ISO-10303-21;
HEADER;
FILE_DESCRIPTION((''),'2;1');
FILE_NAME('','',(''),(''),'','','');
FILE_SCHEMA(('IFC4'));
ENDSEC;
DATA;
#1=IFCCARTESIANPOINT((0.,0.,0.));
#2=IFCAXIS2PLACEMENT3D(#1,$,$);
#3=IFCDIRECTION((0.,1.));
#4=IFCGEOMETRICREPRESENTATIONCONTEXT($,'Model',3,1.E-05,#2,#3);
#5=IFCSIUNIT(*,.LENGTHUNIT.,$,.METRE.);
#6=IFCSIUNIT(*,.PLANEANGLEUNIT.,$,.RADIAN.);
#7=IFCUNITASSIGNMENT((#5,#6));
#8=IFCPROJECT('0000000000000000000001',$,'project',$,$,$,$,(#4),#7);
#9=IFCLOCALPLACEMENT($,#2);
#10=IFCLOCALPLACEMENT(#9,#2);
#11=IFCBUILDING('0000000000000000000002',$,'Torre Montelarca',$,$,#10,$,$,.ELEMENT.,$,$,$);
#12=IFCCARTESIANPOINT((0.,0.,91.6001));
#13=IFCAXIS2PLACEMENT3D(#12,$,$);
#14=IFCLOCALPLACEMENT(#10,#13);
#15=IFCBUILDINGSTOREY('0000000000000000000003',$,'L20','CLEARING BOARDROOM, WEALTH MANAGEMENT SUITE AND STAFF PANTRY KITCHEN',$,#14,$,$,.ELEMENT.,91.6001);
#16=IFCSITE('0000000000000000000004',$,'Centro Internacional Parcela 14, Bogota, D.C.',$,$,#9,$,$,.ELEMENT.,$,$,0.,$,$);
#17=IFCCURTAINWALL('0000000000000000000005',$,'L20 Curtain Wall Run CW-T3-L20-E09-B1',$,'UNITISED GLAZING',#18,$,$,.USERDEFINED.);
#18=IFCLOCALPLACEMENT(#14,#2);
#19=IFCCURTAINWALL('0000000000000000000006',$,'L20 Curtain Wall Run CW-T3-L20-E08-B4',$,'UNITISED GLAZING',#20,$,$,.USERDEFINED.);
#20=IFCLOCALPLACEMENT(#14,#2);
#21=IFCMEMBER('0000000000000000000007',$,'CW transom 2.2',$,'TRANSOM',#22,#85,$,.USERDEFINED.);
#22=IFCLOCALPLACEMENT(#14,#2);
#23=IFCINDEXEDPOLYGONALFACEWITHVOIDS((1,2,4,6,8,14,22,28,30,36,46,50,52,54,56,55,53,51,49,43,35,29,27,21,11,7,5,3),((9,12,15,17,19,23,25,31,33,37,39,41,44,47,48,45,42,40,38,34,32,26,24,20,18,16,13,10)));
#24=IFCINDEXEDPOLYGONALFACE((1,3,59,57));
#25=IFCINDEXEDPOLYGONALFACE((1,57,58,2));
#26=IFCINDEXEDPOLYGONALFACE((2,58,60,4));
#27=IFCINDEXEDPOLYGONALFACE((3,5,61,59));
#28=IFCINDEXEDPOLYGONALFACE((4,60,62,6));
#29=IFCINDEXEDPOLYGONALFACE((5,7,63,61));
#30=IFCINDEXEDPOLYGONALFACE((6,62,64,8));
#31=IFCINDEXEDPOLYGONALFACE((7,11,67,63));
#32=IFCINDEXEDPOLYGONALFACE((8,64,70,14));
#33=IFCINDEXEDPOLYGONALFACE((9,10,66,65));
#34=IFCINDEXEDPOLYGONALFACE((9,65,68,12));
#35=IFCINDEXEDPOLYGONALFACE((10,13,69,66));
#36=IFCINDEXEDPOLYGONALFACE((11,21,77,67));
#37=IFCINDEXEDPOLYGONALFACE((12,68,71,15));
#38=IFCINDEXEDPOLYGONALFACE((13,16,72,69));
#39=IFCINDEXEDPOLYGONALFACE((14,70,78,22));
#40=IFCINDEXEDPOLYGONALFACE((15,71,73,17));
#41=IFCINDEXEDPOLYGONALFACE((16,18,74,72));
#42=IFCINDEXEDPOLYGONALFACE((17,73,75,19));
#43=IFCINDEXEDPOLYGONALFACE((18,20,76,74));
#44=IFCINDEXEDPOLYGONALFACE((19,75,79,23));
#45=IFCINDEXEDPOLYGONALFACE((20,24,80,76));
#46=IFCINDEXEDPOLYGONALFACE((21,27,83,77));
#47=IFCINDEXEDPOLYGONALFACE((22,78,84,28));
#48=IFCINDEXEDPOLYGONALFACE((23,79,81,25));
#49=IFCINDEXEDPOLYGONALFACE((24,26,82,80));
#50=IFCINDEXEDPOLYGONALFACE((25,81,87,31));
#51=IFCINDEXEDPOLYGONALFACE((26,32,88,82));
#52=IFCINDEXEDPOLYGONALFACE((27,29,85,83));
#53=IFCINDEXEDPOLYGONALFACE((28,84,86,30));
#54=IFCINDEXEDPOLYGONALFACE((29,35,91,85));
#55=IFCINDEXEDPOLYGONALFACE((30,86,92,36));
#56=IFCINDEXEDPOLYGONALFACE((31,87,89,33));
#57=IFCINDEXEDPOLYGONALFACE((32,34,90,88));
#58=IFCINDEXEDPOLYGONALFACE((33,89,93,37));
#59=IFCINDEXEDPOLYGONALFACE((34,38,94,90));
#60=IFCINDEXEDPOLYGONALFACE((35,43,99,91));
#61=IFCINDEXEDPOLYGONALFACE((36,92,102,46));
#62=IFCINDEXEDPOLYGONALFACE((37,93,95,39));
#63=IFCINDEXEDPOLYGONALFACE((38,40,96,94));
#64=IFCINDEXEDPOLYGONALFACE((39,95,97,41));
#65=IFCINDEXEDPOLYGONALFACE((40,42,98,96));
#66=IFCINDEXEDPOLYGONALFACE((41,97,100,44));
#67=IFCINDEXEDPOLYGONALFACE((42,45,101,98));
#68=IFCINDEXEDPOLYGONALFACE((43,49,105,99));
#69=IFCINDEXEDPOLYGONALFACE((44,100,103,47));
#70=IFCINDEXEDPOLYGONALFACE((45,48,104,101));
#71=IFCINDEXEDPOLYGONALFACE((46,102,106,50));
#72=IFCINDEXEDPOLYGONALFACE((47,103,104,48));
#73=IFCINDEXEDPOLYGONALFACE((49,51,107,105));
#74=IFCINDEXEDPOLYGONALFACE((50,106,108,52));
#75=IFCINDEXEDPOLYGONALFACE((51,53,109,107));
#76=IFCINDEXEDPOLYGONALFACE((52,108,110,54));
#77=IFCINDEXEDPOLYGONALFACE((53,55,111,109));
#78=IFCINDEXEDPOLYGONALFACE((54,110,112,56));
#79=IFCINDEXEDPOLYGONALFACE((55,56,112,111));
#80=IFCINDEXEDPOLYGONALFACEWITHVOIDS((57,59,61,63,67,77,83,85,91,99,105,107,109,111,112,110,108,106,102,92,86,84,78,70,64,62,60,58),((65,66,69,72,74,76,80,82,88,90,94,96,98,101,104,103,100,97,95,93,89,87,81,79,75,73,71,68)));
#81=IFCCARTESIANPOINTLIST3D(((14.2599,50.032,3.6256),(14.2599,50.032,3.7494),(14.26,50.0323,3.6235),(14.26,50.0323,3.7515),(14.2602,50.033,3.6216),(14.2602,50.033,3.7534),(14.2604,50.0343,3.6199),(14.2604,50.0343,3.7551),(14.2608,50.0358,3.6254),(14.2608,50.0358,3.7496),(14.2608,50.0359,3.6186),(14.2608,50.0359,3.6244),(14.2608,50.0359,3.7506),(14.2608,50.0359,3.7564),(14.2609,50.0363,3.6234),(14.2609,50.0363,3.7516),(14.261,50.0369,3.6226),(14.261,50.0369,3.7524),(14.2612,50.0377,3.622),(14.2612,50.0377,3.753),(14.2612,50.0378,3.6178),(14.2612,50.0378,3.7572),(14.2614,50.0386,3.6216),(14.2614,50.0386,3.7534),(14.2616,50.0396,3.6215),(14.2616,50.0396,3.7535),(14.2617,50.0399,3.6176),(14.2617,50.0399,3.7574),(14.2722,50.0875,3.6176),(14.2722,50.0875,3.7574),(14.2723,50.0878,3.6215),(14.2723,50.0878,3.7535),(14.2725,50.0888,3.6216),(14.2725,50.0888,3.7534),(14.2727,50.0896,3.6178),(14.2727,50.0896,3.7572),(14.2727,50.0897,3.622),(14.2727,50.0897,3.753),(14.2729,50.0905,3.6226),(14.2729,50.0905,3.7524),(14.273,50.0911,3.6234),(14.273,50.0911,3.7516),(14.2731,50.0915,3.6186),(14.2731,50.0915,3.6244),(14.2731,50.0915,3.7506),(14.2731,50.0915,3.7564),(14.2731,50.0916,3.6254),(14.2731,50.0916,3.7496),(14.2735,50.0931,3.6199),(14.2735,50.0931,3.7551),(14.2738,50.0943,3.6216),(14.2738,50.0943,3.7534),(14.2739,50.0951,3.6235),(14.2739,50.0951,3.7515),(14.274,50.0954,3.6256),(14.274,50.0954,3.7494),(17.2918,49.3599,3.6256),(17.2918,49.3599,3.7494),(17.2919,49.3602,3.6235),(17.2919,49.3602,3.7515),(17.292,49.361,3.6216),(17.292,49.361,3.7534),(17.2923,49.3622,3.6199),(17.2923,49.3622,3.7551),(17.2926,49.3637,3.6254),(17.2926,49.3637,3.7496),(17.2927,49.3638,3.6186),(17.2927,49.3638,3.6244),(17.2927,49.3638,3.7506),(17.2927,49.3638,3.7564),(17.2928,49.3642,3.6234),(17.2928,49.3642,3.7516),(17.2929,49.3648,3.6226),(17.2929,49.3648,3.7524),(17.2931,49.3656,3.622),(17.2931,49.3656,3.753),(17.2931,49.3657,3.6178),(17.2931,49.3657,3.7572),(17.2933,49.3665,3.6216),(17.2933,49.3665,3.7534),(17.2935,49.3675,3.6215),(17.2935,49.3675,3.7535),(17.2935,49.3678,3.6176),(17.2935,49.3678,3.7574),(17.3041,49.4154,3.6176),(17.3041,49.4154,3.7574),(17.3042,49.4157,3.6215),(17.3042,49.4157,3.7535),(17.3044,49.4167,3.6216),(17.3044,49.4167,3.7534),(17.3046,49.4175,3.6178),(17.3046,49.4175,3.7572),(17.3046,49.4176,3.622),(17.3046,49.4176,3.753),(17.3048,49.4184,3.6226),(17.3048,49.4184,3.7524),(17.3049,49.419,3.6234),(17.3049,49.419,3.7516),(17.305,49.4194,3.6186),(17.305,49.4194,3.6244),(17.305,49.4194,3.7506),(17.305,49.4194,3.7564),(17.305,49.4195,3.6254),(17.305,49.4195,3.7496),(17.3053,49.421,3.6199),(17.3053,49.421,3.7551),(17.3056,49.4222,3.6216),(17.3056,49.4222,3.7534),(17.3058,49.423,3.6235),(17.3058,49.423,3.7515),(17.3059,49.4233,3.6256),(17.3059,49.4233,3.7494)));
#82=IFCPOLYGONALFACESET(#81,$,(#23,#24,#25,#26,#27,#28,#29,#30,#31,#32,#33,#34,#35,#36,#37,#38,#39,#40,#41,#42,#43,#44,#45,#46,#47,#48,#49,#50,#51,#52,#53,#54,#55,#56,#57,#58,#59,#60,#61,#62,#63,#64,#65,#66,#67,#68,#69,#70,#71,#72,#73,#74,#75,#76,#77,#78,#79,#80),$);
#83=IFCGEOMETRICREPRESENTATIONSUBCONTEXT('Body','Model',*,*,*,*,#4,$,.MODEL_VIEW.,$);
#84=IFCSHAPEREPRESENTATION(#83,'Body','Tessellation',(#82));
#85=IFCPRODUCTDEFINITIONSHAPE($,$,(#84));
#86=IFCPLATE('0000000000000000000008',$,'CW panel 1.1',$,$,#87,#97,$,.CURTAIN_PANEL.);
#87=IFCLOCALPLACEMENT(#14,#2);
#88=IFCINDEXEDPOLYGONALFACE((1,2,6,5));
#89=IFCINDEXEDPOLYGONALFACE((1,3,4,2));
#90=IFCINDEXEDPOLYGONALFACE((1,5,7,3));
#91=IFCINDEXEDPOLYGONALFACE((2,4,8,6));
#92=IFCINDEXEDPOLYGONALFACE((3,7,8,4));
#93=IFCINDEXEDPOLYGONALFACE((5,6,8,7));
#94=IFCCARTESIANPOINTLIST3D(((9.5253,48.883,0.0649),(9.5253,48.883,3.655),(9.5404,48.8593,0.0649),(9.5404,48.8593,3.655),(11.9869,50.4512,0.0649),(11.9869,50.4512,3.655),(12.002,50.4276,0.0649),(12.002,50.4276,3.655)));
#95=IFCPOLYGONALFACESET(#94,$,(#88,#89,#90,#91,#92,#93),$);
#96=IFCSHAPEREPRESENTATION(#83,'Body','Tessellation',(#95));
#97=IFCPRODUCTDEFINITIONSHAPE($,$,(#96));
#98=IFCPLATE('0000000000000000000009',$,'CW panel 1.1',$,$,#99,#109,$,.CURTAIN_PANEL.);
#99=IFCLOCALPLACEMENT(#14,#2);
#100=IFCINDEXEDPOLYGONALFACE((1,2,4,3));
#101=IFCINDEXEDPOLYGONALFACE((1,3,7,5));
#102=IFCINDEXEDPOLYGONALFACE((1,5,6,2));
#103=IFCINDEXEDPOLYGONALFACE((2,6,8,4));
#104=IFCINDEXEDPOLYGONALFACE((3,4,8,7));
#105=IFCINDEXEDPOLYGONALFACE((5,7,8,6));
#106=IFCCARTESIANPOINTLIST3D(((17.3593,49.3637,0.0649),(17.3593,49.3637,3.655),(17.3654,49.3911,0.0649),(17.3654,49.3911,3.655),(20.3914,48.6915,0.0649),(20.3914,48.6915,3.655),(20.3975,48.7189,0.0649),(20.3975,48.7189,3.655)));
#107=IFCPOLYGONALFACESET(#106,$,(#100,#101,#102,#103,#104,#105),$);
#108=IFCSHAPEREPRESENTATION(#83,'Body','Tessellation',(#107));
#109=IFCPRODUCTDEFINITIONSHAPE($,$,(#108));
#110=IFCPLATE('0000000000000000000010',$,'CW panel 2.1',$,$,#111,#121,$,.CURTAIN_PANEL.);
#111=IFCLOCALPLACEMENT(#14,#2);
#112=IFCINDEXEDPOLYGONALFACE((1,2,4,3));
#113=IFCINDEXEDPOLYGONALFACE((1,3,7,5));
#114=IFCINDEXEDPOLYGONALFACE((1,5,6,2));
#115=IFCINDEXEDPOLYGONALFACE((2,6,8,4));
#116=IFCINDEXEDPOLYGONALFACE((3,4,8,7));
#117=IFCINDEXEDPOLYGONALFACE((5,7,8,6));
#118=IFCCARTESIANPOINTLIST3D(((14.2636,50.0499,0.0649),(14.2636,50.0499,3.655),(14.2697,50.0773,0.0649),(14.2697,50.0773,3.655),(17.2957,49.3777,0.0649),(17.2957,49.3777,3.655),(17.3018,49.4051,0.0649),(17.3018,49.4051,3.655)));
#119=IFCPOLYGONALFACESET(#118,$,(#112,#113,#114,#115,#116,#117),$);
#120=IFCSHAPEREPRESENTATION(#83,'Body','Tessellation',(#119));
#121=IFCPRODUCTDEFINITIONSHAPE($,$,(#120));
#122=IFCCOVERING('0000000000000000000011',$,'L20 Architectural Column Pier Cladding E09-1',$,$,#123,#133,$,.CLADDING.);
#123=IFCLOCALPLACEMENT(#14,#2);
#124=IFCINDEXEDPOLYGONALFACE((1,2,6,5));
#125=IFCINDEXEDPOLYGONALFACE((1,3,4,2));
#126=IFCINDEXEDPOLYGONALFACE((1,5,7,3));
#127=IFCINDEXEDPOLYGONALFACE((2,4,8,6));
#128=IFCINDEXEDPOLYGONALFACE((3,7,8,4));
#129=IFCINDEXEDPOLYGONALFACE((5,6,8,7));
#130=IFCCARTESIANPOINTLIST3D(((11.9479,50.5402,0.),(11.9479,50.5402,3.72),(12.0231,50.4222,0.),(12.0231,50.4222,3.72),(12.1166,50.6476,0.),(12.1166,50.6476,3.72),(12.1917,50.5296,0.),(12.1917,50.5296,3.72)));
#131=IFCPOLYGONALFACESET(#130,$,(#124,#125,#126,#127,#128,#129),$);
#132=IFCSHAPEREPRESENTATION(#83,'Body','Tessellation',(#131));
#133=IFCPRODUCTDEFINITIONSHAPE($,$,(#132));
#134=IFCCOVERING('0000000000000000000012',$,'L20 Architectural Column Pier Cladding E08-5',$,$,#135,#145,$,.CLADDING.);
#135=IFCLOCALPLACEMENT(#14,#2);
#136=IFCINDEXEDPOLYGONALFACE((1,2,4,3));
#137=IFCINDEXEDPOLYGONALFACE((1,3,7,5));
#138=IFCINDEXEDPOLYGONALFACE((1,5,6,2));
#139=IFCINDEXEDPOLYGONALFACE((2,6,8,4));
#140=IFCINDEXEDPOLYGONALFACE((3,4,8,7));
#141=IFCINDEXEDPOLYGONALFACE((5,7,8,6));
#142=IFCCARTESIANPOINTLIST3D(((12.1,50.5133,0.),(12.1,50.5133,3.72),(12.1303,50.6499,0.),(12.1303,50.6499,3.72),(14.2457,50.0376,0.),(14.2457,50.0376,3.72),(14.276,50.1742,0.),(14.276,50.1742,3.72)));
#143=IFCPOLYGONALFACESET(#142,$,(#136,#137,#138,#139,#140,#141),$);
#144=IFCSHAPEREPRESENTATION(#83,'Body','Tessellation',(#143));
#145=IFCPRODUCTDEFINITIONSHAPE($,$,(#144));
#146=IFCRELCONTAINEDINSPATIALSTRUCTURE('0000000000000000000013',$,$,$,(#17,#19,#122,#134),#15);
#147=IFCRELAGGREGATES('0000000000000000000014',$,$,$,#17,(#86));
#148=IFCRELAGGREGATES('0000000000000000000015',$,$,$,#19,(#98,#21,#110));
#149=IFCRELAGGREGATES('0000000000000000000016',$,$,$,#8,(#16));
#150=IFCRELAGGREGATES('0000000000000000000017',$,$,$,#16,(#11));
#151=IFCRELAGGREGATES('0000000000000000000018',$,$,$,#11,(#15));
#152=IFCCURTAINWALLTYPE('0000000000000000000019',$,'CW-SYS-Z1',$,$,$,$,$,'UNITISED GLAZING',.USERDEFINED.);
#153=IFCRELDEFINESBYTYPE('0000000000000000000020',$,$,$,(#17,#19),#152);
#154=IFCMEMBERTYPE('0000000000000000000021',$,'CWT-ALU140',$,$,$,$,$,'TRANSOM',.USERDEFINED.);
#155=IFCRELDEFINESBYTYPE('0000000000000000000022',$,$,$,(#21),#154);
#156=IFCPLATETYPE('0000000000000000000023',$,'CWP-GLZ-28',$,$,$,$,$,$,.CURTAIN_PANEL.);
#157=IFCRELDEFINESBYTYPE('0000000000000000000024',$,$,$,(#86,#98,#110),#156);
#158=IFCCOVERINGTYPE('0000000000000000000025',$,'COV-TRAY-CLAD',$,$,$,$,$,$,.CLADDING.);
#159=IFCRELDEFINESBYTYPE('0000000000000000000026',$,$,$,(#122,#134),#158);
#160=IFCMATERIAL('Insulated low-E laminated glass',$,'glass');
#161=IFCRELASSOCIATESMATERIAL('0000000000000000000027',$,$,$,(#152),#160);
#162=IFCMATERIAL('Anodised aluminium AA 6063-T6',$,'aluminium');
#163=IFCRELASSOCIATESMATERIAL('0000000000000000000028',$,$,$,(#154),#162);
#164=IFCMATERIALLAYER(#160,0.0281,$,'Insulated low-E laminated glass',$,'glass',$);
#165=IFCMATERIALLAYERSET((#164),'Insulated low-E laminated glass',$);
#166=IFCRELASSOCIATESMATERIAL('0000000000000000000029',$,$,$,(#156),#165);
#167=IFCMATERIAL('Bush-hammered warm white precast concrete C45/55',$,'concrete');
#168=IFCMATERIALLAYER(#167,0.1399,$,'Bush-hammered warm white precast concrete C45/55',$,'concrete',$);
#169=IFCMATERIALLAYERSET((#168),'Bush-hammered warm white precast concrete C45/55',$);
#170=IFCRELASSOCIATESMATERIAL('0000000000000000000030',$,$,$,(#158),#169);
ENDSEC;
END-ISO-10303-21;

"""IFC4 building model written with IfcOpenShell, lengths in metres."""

from ifc_helpers import new_model, si_unit, direction, frame, origin, origin_2d, place, context, subcontext, project, spatial, rectangle, hollow_rectangle, extrude, source, transform, mapped, material, layer, layer_set, material_profile, profile_set, type_object, element, aggregate, save


model = new_model("IFC4")

# Units and contexts
model_context = context("Model", 3, precision=1e-05, world=origin(), true_north=direction((0.0, 1.0)))
body_context = subcontext(model_context, "Body", "Model", "MODEL_VIEW")
ifc_project = project(units=[si_unit("LENGTHUNIT", "METRE"), si_unit("PLANEANGLEUNIT", "RADIAN")], contexts=[model_context])

# Site, building, storey
site_placement = place(None, origin())
site = spatial("IfcSite", under=ifc_project, at=site_placement, Name="Centro Internacional Parcela 14, Bogota, D.C.", CompositionType="ELEMENT", RefElevation=0.0)
building_placement = place(site_placement, origin())
building = spatial("IfcBuilding", under=site, at=building_placement, Name="Torre Montelarca", CompositionType="ELEMENT")
storey_placement = place(building_placement, frame((0.0, 0.0, 91.6001)))
storey = spatial("IfcBuildingStorey", under=building, at=storey_placement, Name="L20", Description="CLEARING BOARDROOM, WEALTH MANAGEMENT SUITE AND STAFF PANTRY KITCHEN", CompositionType="ELEMENT", Elevation=91.6001)

# Curtain walls
ifc_material_1 = material(Name="Insulated low-E laminated glass", Category="glass")
curtain_wall_type = type_object("IfcCurtainWallType", Name="CW-SYS-Z1", ElementType="UNITISED GLAZING", PredefinedType="USERDEFINED", material=ifc_material_1)
curtain_wall_1_placement = place(storey_placement, origin())
curtain_wall_1 = element("IfcCurtainWall", 1, at=curtain_wall_1_placement, inside=storey, type_object=curtain_wall_type, Name="L20 Curtain Wall Run CW-T3-L20-E09-B1", ObjectType="UNITISED GLAZING", PredefinedType="USERDEFINED")
ifc_material_2 = material(Name="Anodised aluminium AA 6063-T6", Category="aluminium")
ifc_material_profile_1 = material_profile(ifc_material_2, hollow_rectangle(XDim=0.0649, YDim=0.1399, WallThickness=0.0039, InnerFilletRadius=0.0039, OuterFilletRadius=0.0081, at=origin_2d()), Name="ALU65X140X4", Category="aluminium")
ifc_profile_set_1 = profile_set([ifc_material_profile_1], Name="Anodised aluminium AA 6063-T6")
member_type_1 = type_object("IfcMemberType", Name="CWT-ALU140", ElementType="TRANSOM", PredefinedType="USERDEFINED", material=ifc_profile_set_1)
curtain_wall_2_placement = place(storey_placement, origin())
curtain_wall_2 = element("IfcCurtainWall", 2, at=curtain_wall_2_placement, inside=storey, type_object=curtain_wall_type, Name="L20 Curtain Wall Run CW-T3-L20-E08-B4", ObjectType="UNITISED GLAZING", PredefinedType="USERDEFINED")

# Member
shared_shape_1 = source(origin(), body_context, "Body", "SweptSolid", [
    extrude(hollow_rectangle(XDim=0.0649, YDim=0.1399, WallThickness=0.0039, InnerFilletRadius=0.0039, OuterFilletRadius=0.0081, at=origin_2d()), origin(), (0.0, 0.0, 1.0), 3.1055),
])
member_1_placement = place(storey_placement, frame((17.2988, 49.3916, 3.6875), z_axis=(-0.9763, 0.216423, 0.0), x_axis=(-0.216423, -0.9763, 0.0)))
member_1 = element("IfcMember", 3, at=member_1_placement, type_object=member_type_1, Name="CW transom 2.2", ObjectType="TRANSOM", PredefinedType="USERDEFINED", context=body_context, shape_type="MappedRepresentation", body=[
    mapped(shared_shape_1, transform((0.0, 0.0, 0.0), scale=1.0)),
])

# Plates
ifc_layer_1 = layer(ifc_material_1, 0.0281, Name="Insulated low-E laminated glass", Category="glass")
ifc_layer_set_1 = layer_set([ifc_layer_1], Name="Insulated low-E laminated glass")
plate_type = type_object("IfcPlateType", Name="CWP-GLZ-28", PredefinedType="CURTAIN_PANEL", material=ifc_layer_set_1)
shared_shape_2 = source(origin(), body_context, "Body", "SweptSolid", [
    extrude(rectangle(XDim=2.9187, YDim=0.0281, at=origin_2d()), origin(), (0.0, 0.0, 1.0), 3.5901),
])
plate_1_placement = place(storey_placement, frame((10.7637, 49.6553, 0.0649), z_axis=(0.0, 0.0, 1.0), x_axis=(-0.843381, -0.537316, 0.0)))
plate_1 = element("IfcPlate", 4, at=plate_1_placement, type_object=plate_type, Name="CW panel 1.1", PredefinedType="CURTAIN_PANEL", context=body_context, shape_type="MappedRepresentation", body=[
    mapped(shared_shape_2, transform((0.0, 0.0, 0.0), scale=1.0)),
])
aggregate(curtain_wall_1, [plate_1])
shared_shape_3 = source(origin(), body_context, "Body", "SweptSolid", [
    extrude(rectangle(XDim=3.1057, YDim=0.0281, at=origin_2d()), origin(), (0.0, 0.0, 1.0), 3.5901),
])
plate_2_placement = place(storey_placement, frame((18.8784, 49.0413, 0.0649), z_axis=(0.0, 0.0, 1.0), x_axis=(-0.976296, 0.216438, 0.0)))
plate_2 = element("IfcPlate", 5, at=plate_2_placement, type_object=plate_type, Name="CW panel 1.1", PredefinedType="CURTAIN_PANEL", context=body_context, shape_type="MappedRepresentation", body=[
    mapped(shared_shape_3, transform((0.0, 0.0, 0.0), scale=1.0)),
])
plate_3_placement = place(storey_placement, frame((15.7827, 49.7275, 0.0649), z_axis=(0.0, 0.0, 1.0), x_axis=(-0.976296, 0.216438, 0.0)))
plate_3 = element("IfcPlate", 6, at=plate_3_placement, type_object=plate_type, Name="CW panel 2.1", PredefinedType="CURTAIN_PANEL", context=body_context, shape_type="MappedRepresentation", body=[
    mapped(shared_shape_3, transform((0.0, 0.0, 0.0), scale=1.0)),
])
aggregate(curtain_wall_2, [plate_2, member_1, plate_3])

# Coverings
ifc_material_3 = material(Name="Bush-hammered warm white precast concrete C45/55", Category="concrete")
ifc_layer_2 = layer(ifc_material_3, 0.1399, Name="Bush-hammered warm white precast concrete C45/55", Category="concrete")
ifc_layer_set_2 = layer_set([ifc_layer_2], Name="Bush-hammered warm white precast concrete C45/55")
covering_type = type_object("IfcCoveringType", Name="COV-TRAY-CLAD", PredefinedType="CLADDING", material=ifc_layer_set_2)
shared_shape_4 = source(origin(), body_context, "Body", "SweptSolid", [
    extrude(rectangle(XDim=0.2, YDim=0.1399, at=origin_2d()), origin(), (0.0, 0.0, 1.0), 3.72),
])
covering_1_placement = place(storey_placement, frame((12.0698, 50.5349, 0.0), z_axis=(0.0, 0.0, 1.0), x_axis=(-0.843382, -0.537314, 0.0)))
element("IfcCovering", 7, at=covering_1_placement, inside=storey, type_object=covering_type, Name="L20 Architectural Column Pier Cladding E09-1", PredefinedType="CLADDING", context=body_context, shape_type="MappedRepresentation", body=[
    mapped(shared_shape_4, transform((0.0, 0.0, 0.0), scale=1.0)),
])
shared_shape_5 = source(origin(), body_context, "Body", "SweptSolid", [
    extrude(rectangle(XDim=2.1978, YDim=0.1399, at=origin_2d()), origin(), (0.0, 0.0, 1.0), 3.72),
])
covering_2_placement = place(storey_placement, frame((13.188, 50.3438, 0.0), z_axis=(0.0, 0.0, 1.0), x_axis=(-0.976296, 0.21644, 0.0)))
element("IfcCovering", 8, at=covering_2_placement, inside=storey, type_object=covering_type, Name="L20 Architectural Column Pier Cladding E08-5", PredefinedType="CLADDING", context=body_context, shape_type="MappedRepresentation", body=[
    mapped(shared_shape_5, transform((0.0, 0.0, 0.0), scale=1.0)),
])

save(model, "model.ifc")
